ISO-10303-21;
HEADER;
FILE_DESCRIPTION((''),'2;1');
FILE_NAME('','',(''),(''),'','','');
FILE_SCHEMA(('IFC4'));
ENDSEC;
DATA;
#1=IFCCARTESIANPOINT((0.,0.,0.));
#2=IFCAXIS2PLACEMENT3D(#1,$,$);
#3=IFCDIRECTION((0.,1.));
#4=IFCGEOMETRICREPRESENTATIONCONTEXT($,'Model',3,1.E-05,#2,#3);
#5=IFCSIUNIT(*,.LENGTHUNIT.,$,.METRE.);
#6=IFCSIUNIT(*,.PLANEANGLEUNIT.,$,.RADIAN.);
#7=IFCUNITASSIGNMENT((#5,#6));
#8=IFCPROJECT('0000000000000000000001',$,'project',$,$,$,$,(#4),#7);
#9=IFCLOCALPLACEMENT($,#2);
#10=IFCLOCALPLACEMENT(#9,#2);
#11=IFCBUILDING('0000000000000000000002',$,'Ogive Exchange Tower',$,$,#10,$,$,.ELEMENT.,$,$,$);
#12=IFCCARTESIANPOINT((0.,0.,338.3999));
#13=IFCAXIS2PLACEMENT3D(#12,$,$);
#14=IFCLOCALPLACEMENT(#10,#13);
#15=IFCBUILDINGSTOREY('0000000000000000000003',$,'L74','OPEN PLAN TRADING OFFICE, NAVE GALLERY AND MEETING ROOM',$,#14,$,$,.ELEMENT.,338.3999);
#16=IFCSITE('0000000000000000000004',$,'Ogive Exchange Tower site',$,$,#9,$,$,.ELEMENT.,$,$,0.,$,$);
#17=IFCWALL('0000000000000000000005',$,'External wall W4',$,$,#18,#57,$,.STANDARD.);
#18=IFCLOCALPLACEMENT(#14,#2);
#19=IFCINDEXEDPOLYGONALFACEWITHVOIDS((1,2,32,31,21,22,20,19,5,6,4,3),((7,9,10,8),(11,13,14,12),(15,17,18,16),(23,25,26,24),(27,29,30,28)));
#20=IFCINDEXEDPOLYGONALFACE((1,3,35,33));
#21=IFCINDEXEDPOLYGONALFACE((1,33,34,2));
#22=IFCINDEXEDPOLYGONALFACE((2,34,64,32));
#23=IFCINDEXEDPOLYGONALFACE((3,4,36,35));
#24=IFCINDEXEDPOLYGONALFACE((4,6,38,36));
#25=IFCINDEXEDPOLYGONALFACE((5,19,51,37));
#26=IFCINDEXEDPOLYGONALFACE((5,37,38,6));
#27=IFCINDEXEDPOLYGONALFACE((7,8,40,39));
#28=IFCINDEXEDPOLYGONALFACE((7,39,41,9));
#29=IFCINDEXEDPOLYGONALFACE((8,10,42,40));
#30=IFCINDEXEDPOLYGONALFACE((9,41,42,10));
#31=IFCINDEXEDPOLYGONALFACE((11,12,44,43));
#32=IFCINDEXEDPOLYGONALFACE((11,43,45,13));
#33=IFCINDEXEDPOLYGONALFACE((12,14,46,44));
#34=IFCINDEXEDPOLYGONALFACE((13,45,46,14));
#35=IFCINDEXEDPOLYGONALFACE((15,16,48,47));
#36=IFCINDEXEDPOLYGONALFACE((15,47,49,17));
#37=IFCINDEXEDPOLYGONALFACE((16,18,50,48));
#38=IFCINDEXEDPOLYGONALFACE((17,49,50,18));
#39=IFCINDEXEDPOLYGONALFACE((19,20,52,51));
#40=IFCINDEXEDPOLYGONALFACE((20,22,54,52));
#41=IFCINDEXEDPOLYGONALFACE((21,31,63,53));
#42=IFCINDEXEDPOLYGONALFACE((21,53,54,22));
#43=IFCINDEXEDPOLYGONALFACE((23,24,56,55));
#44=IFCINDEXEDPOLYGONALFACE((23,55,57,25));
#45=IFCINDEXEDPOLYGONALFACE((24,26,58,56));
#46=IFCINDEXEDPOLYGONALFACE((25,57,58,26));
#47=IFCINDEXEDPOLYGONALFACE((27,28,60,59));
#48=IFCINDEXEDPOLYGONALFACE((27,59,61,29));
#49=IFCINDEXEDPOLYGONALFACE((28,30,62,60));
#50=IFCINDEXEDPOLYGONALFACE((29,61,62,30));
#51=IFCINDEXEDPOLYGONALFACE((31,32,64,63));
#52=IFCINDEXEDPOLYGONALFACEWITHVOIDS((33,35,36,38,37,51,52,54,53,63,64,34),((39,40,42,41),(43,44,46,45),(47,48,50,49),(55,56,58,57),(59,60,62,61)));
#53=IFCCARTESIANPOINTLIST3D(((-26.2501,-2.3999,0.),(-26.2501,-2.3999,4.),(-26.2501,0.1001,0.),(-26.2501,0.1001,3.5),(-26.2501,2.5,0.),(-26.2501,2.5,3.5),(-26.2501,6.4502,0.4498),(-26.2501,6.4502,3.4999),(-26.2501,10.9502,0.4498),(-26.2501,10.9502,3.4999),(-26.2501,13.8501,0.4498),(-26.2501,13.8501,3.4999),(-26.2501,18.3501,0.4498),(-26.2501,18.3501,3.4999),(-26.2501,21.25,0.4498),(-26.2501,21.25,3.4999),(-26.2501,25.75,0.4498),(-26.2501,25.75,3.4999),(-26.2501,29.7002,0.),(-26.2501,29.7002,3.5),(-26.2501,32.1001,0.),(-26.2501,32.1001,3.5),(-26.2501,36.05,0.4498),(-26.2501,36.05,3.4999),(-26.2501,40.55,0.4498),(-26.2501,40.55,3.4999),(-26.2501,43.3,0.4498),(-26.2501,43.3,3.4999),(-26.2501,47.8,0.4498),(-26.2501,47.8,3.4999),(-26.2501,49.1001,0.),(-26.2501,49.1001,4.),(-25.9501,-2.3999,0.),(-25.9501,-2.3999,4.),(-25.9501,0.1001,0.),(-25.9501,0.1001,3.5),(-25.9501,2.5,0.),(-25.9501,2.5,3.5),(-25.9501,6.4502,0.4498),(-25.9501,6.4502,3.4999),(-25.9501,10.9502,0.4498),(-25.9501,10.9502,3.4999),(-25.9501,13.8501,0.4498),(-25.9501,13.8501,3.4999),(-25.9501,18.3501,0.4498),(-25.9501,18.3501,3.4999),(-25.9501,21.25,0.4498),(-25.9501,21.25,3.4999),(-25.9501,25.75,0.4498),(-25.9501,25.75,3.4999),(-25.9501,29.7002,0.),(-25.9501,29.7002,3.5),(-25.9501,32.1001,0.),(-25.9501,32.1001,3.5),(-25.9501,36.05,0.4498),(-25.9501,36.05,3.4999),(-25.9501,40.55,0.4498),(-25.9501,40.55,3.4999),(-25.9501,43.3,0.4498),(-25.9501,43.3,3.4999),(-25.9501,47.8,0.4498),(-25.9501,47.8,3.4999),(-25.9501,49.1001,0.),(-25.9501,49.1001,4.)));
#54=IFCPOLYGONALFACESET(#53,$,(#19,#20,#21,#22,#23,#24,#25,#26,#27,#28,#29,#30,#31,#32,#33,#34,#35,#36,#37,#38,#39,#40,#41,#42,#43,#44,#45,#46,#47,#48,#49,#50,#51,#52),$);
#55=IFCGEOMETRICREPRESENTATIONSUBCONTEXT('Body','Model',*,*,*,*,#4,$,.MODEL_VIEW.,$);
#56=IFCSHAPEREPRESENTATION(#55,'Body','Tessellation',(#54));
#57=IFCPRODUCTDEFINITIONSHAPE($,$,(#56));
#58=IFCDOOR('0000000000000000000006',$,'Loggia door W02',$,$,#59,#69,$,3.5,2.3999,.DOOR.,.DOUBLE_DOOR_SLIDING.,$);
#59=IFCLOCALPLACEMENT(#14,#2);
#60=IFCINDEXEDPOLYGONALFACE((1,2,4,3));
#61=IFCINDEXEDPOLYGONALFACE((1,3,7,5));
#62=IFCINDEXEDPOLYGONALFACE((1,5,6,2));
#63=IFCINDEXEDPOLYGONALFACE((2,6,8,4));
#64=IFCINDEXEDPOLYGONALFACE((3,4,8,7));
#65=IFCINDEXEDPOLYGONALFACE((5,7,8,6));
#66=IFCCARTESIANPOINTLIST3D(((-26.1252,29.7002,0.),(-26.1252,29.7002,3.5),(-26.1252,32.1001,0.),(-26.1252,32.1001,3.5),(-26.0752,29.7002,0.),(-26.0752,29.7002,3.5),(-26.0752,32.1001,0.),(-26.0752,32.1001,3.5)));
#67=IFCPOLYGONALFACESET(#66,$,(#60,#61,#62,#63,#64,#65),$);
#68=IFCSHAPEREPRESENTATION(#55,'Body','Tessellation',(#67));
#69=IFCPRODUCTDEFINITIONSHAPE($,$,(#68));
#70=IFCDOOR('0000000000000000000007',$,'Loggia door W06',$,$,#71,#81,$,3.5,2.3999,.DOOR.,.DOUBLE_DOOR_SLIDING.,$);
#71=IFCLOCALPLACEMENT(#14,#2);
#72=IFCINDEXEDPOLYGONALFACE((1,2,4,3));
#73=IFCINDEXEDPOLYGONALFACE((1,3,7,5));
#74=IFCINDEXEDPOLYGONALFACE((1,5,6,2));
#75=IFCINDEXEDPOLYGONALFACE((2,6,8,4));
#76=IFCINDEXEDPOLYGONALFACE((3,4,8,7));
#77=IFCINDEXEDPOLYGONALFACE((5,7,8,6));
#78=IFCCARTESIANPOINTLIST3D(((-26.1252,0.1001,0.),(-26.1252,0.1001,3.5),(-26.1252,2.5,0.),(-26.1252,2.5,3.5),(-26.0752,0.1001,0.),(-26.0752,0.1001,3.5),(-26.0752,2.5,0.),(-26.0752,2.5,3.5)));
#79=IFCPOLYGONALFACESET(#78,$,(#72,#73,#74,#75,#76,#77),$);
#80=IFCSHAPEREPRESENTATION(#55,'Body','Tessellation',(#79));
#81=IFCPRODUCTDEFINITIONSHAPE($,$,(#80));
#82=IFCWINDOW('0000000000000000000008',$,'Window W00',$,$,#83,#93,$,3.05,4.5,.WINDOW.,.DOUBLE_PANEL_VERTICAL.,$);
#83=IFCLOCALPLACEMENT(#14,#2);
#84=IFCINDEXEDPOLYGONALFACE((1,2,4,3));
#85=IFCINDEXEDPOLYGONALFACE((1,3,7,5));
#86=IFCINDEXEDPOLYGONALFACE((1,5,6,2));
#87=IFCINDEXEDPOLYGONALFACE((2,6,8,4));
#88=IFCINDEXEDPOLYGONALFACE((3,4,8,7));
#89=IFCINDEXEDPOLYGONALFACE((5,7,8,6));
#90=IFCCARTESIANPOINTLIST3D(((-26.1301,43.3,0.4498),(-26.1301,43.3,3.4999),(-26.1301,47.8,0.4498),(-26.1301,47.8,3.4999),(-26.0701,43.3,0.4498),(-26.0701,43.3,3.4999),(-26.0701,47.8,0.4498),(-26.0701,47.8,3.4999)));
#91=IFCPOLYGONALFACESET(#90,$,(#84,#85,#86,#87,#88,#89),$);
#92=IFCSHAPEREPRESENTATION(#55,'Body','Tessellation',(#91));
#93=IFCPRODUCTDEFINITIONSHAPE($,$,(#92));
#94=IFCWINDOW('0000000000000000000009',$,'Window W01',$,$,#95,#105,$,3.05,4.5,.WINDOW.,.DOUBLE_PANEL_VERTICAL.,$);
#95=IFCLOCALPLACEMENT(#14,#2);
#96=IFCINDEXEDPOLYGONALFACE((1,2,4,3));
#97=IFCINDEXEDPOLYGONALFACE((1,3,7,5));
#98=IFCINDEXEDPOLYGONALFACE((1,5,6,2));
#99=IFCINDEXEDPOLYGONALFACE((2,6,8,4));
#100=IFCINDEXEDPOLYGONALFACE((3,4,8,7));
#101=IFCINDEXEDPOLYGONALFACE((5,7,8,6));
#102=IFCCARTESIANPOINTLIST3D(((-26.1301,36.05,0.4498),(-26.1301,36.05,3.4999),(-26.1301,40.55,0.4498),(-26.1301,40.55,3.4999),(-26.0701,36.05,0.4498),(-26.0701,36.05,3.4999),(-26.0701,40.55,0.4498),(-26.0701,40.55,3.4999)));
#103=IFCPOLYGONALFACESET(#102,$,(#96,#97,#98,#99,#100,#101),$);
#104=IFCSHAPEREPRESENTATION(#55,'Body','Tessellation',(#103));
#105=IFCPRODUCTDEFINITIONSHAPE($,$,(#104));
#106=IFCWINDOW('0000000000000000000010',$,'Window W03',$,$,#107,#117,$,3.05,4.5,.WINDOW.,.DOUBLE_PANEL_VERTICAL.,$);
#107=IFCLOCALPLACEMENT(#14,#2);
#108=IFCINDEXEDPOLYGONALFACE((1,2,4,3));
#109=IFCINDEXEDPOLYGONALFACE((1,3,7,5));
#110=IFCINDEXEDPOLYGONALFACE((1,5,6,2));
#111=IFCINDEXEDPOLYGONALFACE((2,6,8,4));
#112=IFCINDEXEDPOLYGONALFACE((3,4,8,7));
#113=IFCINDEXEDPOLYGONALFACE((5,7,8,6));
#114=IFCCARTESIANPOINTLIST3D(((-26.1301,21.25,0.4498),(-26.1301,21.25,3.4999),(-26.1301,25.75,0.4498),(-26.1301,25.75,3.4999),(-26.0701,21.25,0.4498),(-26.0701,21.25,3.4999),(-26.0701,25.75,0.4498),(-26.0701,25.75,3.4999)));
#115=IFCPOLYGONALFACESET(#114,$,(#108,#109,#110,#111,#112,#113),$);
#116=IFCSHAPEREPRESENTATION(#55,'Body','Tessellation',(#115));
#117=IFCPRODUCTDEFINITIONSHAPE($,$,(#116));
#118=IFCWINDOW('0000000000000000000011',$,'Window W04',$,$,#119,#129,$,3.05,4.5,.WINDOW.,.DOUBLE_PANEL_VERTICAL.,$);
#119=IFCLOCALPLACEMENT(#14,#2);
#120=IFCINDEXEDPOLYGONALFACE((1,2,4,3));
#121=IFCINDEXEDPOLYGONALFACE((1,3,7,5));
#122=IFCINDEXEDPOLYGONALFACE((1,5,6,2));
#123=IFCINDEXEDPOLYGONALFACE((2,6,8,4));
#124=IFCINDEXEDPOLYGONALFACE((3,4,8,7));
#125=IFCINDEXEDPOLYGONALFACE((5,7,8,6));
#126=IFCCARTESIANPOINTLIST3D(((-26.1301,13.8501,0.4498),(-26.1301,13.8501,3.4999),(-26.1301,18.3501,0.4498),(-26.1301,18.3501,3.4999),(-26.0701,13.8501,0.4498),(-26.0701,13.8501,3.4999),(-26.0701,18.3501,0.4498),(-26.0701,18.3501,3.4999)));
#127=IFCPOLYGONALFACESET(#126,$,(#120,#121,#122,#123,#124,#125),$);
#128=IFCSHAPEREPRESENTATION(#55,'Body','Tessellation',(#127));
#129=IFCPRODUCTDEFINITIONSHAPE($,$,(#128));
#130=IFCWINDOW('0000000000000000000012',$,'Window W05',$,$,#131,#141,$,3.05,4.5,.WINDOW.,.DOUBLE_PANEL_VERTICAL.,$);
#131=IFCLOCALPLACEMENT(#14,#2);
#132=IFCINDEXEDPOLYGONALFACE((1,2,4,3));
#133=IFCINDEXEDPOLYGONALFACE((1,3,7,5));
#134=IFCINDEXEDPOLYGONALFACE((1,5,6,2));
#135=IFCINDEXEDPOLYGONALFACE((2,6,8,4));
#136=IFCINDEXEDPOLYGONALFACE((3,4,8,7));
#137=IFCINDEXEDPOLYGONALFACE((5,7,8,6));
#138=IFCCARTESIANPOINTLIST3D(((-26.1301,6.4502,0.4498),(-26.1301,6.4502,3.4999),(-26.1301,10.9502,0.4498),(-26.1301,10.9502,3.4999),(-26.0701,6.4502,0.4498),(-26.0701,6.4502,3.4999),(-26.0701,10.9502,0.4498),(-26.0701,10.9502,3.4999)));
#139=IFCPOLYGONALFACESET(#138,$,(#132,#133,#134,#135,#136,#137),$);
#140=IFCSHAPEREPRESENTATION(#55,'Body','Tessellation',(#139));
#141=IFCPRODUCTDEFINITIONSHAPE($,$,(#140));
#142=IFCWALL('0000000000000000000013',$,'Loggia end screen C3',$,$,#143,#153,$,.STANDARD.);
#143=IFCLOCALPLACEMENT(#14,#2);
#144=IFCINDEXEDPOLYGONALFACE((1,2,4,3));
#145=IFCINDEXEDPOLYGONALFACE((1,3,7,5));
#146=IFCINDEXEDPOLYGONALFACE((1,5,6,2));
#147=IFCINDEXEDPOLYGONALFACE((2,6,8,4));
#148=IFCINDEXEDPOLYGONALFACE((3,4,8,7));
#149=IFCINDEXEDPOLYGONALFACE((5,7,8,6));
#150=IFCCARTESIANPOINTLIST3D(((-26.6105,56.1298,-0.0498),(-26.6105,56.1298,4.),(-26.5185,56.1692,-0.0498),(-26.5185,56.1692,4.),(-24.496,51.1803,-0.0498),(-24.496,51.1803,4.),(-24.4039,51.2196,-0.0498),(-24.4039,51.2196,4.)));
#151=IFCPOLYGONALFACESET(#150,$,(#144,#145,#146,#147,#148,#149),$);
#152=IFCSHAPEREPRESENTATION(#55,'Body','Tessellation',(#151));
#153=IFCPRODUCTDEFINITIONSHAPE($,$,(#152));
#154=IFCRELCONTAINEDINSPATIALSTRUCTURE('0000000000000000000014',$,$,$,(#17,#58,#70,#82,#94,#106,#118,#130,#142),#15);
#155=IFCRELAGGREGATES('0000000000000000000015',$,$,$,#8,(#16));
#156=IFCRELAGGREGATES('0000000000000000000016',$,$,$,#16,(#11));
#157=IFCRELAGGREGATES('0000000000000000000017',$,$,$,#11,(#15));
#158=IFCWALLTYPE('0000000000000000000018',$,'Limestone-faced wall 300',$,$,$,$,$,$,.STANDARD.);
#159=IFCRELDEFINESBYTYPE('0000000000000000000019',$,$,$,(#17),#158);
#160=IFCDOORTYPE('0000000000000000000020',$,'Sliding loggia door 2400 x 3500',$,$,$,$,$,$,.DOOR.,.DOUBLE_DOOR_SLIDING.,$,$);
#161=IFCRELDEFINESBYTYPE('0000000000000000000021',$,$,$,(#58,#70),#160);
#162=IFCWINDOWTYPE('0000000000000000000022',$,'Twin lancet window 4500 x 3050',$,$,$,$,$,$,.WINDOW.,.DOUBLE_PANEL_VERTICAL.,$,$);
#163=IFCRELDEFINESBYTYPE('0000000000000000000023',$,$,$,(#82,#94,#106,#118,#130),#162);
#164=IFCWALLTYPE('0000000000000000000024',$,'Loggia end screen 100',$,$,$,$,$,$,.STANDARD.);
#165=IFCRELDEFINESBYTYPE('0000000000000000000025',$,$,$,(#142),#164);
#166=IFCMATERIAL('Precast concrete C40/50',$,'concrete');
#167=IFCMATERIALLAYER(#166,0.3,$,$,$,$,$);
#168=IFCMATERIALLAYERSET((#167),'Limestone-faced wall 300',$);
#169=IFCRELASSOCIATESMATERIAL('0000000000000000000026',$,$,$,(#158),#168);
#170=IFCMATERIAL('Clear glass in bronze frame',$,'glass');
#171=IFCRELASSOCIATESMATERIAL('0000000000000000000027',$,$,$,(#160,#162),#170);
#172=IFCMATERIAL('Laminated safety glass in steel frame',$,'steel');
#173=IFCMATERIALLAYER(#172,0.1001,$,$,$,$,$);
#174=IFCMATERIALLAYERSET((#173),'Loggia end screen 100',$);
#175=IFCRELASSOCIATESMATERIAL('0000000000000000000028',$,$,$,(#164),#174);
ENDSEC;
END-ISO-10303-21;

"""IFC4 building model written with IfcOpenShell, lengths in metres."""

from ifc_helpers import new_model, si_unit, direction, frame, frame_2d, origin, place, context, subcontext, project, spatial, rectangle, extrude, material, layer, layer_set, type_object, element, fill, save


model = new_model("IFC4")

# Units and contexts
model_context = context("Model", 3, precision=1e-05, world=origin(), true_north=direction((0.0, 1.0)))
body_context = subcontext(model_context, "Body", "Model", "MODEL_VIEW")
ifc_project = project(units=[si_unit("LENGTHUNIT", "METRE"), si_unit("PLANEANGLEUNIT", "RADIAN")], contexts=[model_context])

# Site, building, storey
site_placement = place(None, origin())
site = spatial("IfcSite", under=ifc_project, at=site_placement, Name="Ogive Exchange Tower site", CompositionType="ELEMENT", RefElevation=0.0)
building_placement = place(site_placement, origin())
building = spatial("IfcBuilding", under=site, at=building_placement, Name="Ogive Exchange Tower", CompositionType="ELEMENT")
storey_placement = place(building_placement, frame((0.0, 0.0, 338.3999)))
storey = spatial("IfcBuildingStorey", under=building, at=storey_placement, Name="L74", Description="OPEN PLAN TRADING OFFICE, NAVE GALLERY AND MEETING ROOM", CompositionType="ELEMENT", Elevation=338.3999)

# Wall, openings, doors, windows
ifc_material_1 = material(Name="Precast concrete C40/50", Category="concrete")
ifc_layer_1 = layer(ifc_material_1, 0.3)
ifc_layer_set_1 = layer_set([ifc_layer_1], Name="Limestone-faced wall 300")
wall_type_1 = type_object("IfcWallType", Name="Limestone-faced wall 300", PredefinedType="STANDARD", material=ifc_layer_set_1)
wall_1_placement = place(storey_placement, frame((-26.1001, 49.1001, 0.0), z_axis=(0.0, 0.0, 1.0), x_axis=(0.0, -1.0, 0.0)))
wall_1 = element("IfcWall", 1, at=wall_1_placement, inside=storey, type_object=wall_type_1, Name="External wall W4", PredefinedType="STANDARD", context=body_context, shape_type="SweptSolid", body=[
    extrude(rectangle(XDim=51.5, YDim=0.3, at=frame_2d((25.75, 0.0))), origin(), (0.0, 0.0, 1.0), 4.0),
])
opening_1_placement = place(wall_1_placement, frame((1.3, 0.0, 0.45)))
opening_1 = element("IfcOpeningElement", 2, at=opening_1_placement, cuts=wall_1, PredefinedType="OPENING", context=body_context, shape_type="SweptSolid", body=[
    extrude(rectangle(XDim=4.5, YDim=3.05, at=frame_2d((2.25, 1.5249))), frame((0.0, 0.1599, 0.0), z_axis=(0.0, -1.0, 0.0), x_axis=(1.0, 0.0, 0.0)), (0.0, 0.0, 1.0), 0.3201),
])
opening_2_placement = place(wall_1_placement, frame((8.55, 0.0, 0.45)))
opening_2 = element("IfcOpeningElement", 3, at=opening_2_placement, cuts=wall_1, PredefinedType="OPENING", context=body_context, shape_type="SweptSolid", body=[
    extrude(rectangle(XDim=4.5, YDim=3.05, at=frame_2d((2.25, 1.5249))), frame((0.0, 0.1599, 0.0), z_axis=(0.0, -1.0, 0.0), x_axis=(1.0, 0.0, 0.0)), (0.0, 0.0, 1.0), 0.3201),
])
opening_3_placement = place(wall_1_placement, frame((17.0, 0.0, 0.0)))
opening_3 = element("IfcOpeningElement", 4, at=opening_3_placement, cuts=wall_1, PredefinedType="OPENING", context=body_context, shape_type="SweptSolid", body=[
    extrude(rectangle(XDim=2.3999, YDim=3.5, at=frame_2d((1.2, 1.75))), frame((0.0, 0.1599, 0.0), z_axis=(0.0, -1.0, 0.0), x_axis=(1.0, 0.0, 0.0)), (0.0, 0.0, 1.0), 0.3201),
])
opening_4_placement = place(wall_1_placement, frame((23.3501, 0.0, 0.45)))
opening_4 = element("IfcOpeningElement", 5, at=opening_4_placement, cuts=wall_1, PredefinedType="OPENING", context=body_context, shape_type="SweptSolid", body=[
    extrude(rectangle(XDim=4.5, YDim=3.05, at=frame_2d((2.25, 1.5249))), frame((0.0, 0.1599, 0.0), z_axis=(0.0, -1.0, 0.0), x_axis=(1.0, 0.0, 0.0)), (0.0, 0.0, 1.0), 0.3201),
])
opening_5_placement = place(wall_1_placement, frame((30.75, 0.0, 0.45)))
opening_5 = element("IfcOpeningElement", 6, at=opening_5_placement, cuts=wall_1, PredefinedType="OPENING", context=body_context, shape_type="SweptSolid", body=[
    extrude(rectangle(XDim=4.5, YDim=3.05, at=frame_2d((2.25, 1.5249))), frame((0.0, 0.1599, 0.0), z_axis=(0.0, -1.0, 0.0), x_axis=(1.0, 0.0, 0.0)), (0.0, 0.0, 1.0), 0.3201),
])
opening_6_placement = place(wall_1_placement, frame((38.1499, 0.0, 0.45)))
opening_6 = element("IfcOpeningElement", 7, at=opening_6_placement, cuts=wall_1, PredefinedType="OPENING", context=body_context, shape_type="SweptSolid", body=[
    extrude(rectangle(XDim=4.5, YDim=3.05, at=frame_2d((2.25, 1.5249))), frame((0.0, 0.1599, 0.0), z_axis=(0.0, -1.0, 0.0), x_axis=(1.0, 0.0, 0.0)), (0.0, 0.0, 1.0), 0.3201),
])
opening_7_placement = place(wall_1_placement, frame((46.6001, 0.0, 0.0)))
opening_7 = element("IfcOpeningElement", 8, at=opening_7_placement, cuts=wall_1, PredefinedType="OPENING", context=body_context, shape_type="SweptSolid", body=[
    extrude(rectangle(XDim=2.3999, YDim=3.5, at=frame_2d((1.2, 1.75))), frame((0.0, 0.1599, 0.0), z_axis=(0.0, -1.0, 0.0), x_axis=(1.0, 0.0, 0.0)), (0.0, 0.0, 1.0), 0.3201),
])
ifc_material_2 = material(Name="Clear glass in bronze frame", Category="glass")
door_type_1 = type_object("IfcDoorType", Name="Sliding loggia door 2400 x 3500", OperationType="DOUBLE_DOOR_SLIDING", PredefinedType="DOOR", material=ifc_material_2)
door_1_placement = place(opening_3_placement, origin())
door_1 = element("IfcDoor", 9, at=door_1_placement, inside=storey, type_object=door_type_1, Name="Loggia door W02", OperationType="DOUBLE_DOOR_SLIDING", OverallHeight=3.5, OverallWidth=2.3999, PredefinedType="DOOR", context=body_context, shape_type="SweptSolid", body=[
    extrude(rectangle(XDim=2.3999, YDim=3.5, at=frame_2d((1.2, 1.75))), frame((0.0, 0.0249, 0.0), z_axis=(0.0, -1.0, 0.0), x_axis=(1.0, 0.0, 0.0)), (0.0, 0.0, 1.0), 0.05),
])
fill(opening_3, door_1)
door_2_placement = place(opening_7_placement, origin())
door_2 = element("IfcDoor", 10, at=door_2_placement, inside=storey, type_object=door_type_1, Name="Loggia door W06", OperationType="DOUBLE_DOOR_SLIDING", OverallHeight=3.5, OverallWidth=2.3999, PredefinedType="DOOR", context=body_context, shape_type="SweptSolid", body=[
    extrude(rectangle(XDim=2.3999, YDim=3.5, at=frame_2d((1.2, 1.75))), frame((0.0, 0.0249, 0.0), z_axis=(0.0, -1.0, 0.0), x_axis=(1.0, 0.0, 0.0)), (0.0, 0.0, 1.0), 0.05),
])
fill(opening_7, door_2)
window_type = type_object("IfcWindowType", Name="Twin lancet window 4500 x 3050", PartitioningType="DOUBLE_PANEL_VERTICAL", PredefinedType="WINDOW", material=ifc_material_2)
window_1_placement = place(opening_1_placement, origin())
window_1 = element("IfcWindow", 11, at=window_1_placement, inside=storey, type_object=window_type, Name="Window W00", OverallHeight=3.05, OverallWidth=4.5, PartitioningType="DOUBLE_PANEL_VERTICAL", PredefinedType="WINDOW", context=body_context, shape_type="SweptSolid", body=[
    extrude(rectangle(XDim=4.5, YDim=3.05, at=frame_2d((2.25, 1.5249))), frame((0.0, 0.03, 0.0), z_axis=(0.0, -1.0, 0.0), x_axis=(1.0, 0.0, 0.0)), (0.0, 0.0, 1.0), 0.0601),
])
fill(opening_1, window_1)
window_2_placement = place(opening_2_placement, origin())
window_2 = element("IfcWindow", 12, at=window_2_placement, inside=storey, type_object=window_type, Name="Window W01", OverallHeight=3.05, OverallWidth=4.5, PartitioningType="DOUBLE_PANEL_VERTICAL", PredefinedType="WINDOW", context=body_context, shape_type="SweptSolid", body=[
    extrude(rectangle(XDim=4.5, YDim=3.05, at=frame_2d((2.25, 1.5249))), frame((0.0, 0.03, 0.0), z_axis=(0.0, -1.0, 0.0), x_axis=(1.0, 0.0, 0.0)), (0.0, 0.0, 1.0), 0.0601),
])
fill(opening_2, window_2)
window_3_placement = place(opening_4_placement, origin())
window_3 = element("IfcWindow", 13, at=window_3_placement, inside=storey, type_object=window_type, Name="Window W03", OverallHeight=3.05, OverallWidth=4.5, PartitioningType="DOUBLE_PANEL_VERTICAL", PredefinedType="WINDOW", context=body_context, shape_type="SweptSolid", body=[
    extrude(rectangle(XDim=4.5, YDim=3.05, at=frame_2d((2.25, 1.5249))), frame((0.0, 0.03, 0.0), z_axis=(0.0, -1.0, 0.0), x_axis=(1.0, 0.0, 0.0)), (0.0, 0.0, 1.0), 0.0601),
])
fill(opening_4, window_3)
window_4_placement = place(opening_5_placement, origin())
window_4 = element("IfcWindow", 14, at=window_4_placement, inside=storey, type_object=window_type, Name="Window W04", OverallHeight=3.05, OverallWidth=4.5, PartitioningType="DOUBLE_PANEL_VERTICAL", PredefinedType="WINDOW", context=body_context, shape_type="SweptSolid", body=[
    extrude(rectangle(XDim=4.5, YDim=3.05, at=frame_2d((2.25, 1.5249))), frame((0.0, 0.03, 0.0), z_axis=(0.0, -1.0, 0.0), x_axis=(1.0, 0.0, 0.0)), (0.0, 0.0, 1.0), 0.0601),
])
fill(opening_5, window_4)
window_5_placement = place(opening_6_placement, origin())
window_5 = element("IfcWindow", 15, at=window_5_placement, inside=storey, type_object=window_type, Name="Window W05", OverallHeight=3.05, OverallWidth=4.5, PartitioningType="DOUBLE_PANEL_VERTICAL", PredefinedType="WINDOW", context=body_context, shape_type="SweptSolid", body=[
    extrude(rectangle(XDim=4.5, YDim=3.05, at=frame_2d((2.25, 1.5249))), frame((0.0, 0.03, 0.0), z_axis=(0.0, -1.0, 0.0), x_axis=(1.0, 0.0, 0.0)), (0.0, 0.0, 1.0), 0.0601),
])
fill(opening_6, window_5)

# Wall
ifc_material_3 = material(Name="Laminated safety glass in steel frame", Category="steel")
ifc_layer_2 = layer(ifc_material_3, 0.1001)
ifc_layer_set_2 = layer_set([ifc_layer_2], Name="Loggia end screen 100")
wall_type_2 = type_object("IfcWallType", Name="Loggia end screen 100", PredefinedType="STANDARD", material=ifc_layer_set_2)
wall_2_placement = place(storey_placement, frame((-24.45, 51.2, -0.0498), z_axis=(0.0, 0.0, 1.0), x_axis=(-0.392868, 0.919595, 0.0)))
element("IfcWall", 16, at=wall_2_placement, inside=storey, type_object=wall_type_2, Name="Loggia end screen C3", PredefinedType="STANDARD", context=body_context, shape_type="SweptSolid", body=[
    extrude(rectangle(XDim=5.3823, YDim=0.1001, at=frame_2d((2.6912, 0.0))), origin(), (0.0, 0.0, 1.0), 4.0498),
])

save(model, "model.ifc")
